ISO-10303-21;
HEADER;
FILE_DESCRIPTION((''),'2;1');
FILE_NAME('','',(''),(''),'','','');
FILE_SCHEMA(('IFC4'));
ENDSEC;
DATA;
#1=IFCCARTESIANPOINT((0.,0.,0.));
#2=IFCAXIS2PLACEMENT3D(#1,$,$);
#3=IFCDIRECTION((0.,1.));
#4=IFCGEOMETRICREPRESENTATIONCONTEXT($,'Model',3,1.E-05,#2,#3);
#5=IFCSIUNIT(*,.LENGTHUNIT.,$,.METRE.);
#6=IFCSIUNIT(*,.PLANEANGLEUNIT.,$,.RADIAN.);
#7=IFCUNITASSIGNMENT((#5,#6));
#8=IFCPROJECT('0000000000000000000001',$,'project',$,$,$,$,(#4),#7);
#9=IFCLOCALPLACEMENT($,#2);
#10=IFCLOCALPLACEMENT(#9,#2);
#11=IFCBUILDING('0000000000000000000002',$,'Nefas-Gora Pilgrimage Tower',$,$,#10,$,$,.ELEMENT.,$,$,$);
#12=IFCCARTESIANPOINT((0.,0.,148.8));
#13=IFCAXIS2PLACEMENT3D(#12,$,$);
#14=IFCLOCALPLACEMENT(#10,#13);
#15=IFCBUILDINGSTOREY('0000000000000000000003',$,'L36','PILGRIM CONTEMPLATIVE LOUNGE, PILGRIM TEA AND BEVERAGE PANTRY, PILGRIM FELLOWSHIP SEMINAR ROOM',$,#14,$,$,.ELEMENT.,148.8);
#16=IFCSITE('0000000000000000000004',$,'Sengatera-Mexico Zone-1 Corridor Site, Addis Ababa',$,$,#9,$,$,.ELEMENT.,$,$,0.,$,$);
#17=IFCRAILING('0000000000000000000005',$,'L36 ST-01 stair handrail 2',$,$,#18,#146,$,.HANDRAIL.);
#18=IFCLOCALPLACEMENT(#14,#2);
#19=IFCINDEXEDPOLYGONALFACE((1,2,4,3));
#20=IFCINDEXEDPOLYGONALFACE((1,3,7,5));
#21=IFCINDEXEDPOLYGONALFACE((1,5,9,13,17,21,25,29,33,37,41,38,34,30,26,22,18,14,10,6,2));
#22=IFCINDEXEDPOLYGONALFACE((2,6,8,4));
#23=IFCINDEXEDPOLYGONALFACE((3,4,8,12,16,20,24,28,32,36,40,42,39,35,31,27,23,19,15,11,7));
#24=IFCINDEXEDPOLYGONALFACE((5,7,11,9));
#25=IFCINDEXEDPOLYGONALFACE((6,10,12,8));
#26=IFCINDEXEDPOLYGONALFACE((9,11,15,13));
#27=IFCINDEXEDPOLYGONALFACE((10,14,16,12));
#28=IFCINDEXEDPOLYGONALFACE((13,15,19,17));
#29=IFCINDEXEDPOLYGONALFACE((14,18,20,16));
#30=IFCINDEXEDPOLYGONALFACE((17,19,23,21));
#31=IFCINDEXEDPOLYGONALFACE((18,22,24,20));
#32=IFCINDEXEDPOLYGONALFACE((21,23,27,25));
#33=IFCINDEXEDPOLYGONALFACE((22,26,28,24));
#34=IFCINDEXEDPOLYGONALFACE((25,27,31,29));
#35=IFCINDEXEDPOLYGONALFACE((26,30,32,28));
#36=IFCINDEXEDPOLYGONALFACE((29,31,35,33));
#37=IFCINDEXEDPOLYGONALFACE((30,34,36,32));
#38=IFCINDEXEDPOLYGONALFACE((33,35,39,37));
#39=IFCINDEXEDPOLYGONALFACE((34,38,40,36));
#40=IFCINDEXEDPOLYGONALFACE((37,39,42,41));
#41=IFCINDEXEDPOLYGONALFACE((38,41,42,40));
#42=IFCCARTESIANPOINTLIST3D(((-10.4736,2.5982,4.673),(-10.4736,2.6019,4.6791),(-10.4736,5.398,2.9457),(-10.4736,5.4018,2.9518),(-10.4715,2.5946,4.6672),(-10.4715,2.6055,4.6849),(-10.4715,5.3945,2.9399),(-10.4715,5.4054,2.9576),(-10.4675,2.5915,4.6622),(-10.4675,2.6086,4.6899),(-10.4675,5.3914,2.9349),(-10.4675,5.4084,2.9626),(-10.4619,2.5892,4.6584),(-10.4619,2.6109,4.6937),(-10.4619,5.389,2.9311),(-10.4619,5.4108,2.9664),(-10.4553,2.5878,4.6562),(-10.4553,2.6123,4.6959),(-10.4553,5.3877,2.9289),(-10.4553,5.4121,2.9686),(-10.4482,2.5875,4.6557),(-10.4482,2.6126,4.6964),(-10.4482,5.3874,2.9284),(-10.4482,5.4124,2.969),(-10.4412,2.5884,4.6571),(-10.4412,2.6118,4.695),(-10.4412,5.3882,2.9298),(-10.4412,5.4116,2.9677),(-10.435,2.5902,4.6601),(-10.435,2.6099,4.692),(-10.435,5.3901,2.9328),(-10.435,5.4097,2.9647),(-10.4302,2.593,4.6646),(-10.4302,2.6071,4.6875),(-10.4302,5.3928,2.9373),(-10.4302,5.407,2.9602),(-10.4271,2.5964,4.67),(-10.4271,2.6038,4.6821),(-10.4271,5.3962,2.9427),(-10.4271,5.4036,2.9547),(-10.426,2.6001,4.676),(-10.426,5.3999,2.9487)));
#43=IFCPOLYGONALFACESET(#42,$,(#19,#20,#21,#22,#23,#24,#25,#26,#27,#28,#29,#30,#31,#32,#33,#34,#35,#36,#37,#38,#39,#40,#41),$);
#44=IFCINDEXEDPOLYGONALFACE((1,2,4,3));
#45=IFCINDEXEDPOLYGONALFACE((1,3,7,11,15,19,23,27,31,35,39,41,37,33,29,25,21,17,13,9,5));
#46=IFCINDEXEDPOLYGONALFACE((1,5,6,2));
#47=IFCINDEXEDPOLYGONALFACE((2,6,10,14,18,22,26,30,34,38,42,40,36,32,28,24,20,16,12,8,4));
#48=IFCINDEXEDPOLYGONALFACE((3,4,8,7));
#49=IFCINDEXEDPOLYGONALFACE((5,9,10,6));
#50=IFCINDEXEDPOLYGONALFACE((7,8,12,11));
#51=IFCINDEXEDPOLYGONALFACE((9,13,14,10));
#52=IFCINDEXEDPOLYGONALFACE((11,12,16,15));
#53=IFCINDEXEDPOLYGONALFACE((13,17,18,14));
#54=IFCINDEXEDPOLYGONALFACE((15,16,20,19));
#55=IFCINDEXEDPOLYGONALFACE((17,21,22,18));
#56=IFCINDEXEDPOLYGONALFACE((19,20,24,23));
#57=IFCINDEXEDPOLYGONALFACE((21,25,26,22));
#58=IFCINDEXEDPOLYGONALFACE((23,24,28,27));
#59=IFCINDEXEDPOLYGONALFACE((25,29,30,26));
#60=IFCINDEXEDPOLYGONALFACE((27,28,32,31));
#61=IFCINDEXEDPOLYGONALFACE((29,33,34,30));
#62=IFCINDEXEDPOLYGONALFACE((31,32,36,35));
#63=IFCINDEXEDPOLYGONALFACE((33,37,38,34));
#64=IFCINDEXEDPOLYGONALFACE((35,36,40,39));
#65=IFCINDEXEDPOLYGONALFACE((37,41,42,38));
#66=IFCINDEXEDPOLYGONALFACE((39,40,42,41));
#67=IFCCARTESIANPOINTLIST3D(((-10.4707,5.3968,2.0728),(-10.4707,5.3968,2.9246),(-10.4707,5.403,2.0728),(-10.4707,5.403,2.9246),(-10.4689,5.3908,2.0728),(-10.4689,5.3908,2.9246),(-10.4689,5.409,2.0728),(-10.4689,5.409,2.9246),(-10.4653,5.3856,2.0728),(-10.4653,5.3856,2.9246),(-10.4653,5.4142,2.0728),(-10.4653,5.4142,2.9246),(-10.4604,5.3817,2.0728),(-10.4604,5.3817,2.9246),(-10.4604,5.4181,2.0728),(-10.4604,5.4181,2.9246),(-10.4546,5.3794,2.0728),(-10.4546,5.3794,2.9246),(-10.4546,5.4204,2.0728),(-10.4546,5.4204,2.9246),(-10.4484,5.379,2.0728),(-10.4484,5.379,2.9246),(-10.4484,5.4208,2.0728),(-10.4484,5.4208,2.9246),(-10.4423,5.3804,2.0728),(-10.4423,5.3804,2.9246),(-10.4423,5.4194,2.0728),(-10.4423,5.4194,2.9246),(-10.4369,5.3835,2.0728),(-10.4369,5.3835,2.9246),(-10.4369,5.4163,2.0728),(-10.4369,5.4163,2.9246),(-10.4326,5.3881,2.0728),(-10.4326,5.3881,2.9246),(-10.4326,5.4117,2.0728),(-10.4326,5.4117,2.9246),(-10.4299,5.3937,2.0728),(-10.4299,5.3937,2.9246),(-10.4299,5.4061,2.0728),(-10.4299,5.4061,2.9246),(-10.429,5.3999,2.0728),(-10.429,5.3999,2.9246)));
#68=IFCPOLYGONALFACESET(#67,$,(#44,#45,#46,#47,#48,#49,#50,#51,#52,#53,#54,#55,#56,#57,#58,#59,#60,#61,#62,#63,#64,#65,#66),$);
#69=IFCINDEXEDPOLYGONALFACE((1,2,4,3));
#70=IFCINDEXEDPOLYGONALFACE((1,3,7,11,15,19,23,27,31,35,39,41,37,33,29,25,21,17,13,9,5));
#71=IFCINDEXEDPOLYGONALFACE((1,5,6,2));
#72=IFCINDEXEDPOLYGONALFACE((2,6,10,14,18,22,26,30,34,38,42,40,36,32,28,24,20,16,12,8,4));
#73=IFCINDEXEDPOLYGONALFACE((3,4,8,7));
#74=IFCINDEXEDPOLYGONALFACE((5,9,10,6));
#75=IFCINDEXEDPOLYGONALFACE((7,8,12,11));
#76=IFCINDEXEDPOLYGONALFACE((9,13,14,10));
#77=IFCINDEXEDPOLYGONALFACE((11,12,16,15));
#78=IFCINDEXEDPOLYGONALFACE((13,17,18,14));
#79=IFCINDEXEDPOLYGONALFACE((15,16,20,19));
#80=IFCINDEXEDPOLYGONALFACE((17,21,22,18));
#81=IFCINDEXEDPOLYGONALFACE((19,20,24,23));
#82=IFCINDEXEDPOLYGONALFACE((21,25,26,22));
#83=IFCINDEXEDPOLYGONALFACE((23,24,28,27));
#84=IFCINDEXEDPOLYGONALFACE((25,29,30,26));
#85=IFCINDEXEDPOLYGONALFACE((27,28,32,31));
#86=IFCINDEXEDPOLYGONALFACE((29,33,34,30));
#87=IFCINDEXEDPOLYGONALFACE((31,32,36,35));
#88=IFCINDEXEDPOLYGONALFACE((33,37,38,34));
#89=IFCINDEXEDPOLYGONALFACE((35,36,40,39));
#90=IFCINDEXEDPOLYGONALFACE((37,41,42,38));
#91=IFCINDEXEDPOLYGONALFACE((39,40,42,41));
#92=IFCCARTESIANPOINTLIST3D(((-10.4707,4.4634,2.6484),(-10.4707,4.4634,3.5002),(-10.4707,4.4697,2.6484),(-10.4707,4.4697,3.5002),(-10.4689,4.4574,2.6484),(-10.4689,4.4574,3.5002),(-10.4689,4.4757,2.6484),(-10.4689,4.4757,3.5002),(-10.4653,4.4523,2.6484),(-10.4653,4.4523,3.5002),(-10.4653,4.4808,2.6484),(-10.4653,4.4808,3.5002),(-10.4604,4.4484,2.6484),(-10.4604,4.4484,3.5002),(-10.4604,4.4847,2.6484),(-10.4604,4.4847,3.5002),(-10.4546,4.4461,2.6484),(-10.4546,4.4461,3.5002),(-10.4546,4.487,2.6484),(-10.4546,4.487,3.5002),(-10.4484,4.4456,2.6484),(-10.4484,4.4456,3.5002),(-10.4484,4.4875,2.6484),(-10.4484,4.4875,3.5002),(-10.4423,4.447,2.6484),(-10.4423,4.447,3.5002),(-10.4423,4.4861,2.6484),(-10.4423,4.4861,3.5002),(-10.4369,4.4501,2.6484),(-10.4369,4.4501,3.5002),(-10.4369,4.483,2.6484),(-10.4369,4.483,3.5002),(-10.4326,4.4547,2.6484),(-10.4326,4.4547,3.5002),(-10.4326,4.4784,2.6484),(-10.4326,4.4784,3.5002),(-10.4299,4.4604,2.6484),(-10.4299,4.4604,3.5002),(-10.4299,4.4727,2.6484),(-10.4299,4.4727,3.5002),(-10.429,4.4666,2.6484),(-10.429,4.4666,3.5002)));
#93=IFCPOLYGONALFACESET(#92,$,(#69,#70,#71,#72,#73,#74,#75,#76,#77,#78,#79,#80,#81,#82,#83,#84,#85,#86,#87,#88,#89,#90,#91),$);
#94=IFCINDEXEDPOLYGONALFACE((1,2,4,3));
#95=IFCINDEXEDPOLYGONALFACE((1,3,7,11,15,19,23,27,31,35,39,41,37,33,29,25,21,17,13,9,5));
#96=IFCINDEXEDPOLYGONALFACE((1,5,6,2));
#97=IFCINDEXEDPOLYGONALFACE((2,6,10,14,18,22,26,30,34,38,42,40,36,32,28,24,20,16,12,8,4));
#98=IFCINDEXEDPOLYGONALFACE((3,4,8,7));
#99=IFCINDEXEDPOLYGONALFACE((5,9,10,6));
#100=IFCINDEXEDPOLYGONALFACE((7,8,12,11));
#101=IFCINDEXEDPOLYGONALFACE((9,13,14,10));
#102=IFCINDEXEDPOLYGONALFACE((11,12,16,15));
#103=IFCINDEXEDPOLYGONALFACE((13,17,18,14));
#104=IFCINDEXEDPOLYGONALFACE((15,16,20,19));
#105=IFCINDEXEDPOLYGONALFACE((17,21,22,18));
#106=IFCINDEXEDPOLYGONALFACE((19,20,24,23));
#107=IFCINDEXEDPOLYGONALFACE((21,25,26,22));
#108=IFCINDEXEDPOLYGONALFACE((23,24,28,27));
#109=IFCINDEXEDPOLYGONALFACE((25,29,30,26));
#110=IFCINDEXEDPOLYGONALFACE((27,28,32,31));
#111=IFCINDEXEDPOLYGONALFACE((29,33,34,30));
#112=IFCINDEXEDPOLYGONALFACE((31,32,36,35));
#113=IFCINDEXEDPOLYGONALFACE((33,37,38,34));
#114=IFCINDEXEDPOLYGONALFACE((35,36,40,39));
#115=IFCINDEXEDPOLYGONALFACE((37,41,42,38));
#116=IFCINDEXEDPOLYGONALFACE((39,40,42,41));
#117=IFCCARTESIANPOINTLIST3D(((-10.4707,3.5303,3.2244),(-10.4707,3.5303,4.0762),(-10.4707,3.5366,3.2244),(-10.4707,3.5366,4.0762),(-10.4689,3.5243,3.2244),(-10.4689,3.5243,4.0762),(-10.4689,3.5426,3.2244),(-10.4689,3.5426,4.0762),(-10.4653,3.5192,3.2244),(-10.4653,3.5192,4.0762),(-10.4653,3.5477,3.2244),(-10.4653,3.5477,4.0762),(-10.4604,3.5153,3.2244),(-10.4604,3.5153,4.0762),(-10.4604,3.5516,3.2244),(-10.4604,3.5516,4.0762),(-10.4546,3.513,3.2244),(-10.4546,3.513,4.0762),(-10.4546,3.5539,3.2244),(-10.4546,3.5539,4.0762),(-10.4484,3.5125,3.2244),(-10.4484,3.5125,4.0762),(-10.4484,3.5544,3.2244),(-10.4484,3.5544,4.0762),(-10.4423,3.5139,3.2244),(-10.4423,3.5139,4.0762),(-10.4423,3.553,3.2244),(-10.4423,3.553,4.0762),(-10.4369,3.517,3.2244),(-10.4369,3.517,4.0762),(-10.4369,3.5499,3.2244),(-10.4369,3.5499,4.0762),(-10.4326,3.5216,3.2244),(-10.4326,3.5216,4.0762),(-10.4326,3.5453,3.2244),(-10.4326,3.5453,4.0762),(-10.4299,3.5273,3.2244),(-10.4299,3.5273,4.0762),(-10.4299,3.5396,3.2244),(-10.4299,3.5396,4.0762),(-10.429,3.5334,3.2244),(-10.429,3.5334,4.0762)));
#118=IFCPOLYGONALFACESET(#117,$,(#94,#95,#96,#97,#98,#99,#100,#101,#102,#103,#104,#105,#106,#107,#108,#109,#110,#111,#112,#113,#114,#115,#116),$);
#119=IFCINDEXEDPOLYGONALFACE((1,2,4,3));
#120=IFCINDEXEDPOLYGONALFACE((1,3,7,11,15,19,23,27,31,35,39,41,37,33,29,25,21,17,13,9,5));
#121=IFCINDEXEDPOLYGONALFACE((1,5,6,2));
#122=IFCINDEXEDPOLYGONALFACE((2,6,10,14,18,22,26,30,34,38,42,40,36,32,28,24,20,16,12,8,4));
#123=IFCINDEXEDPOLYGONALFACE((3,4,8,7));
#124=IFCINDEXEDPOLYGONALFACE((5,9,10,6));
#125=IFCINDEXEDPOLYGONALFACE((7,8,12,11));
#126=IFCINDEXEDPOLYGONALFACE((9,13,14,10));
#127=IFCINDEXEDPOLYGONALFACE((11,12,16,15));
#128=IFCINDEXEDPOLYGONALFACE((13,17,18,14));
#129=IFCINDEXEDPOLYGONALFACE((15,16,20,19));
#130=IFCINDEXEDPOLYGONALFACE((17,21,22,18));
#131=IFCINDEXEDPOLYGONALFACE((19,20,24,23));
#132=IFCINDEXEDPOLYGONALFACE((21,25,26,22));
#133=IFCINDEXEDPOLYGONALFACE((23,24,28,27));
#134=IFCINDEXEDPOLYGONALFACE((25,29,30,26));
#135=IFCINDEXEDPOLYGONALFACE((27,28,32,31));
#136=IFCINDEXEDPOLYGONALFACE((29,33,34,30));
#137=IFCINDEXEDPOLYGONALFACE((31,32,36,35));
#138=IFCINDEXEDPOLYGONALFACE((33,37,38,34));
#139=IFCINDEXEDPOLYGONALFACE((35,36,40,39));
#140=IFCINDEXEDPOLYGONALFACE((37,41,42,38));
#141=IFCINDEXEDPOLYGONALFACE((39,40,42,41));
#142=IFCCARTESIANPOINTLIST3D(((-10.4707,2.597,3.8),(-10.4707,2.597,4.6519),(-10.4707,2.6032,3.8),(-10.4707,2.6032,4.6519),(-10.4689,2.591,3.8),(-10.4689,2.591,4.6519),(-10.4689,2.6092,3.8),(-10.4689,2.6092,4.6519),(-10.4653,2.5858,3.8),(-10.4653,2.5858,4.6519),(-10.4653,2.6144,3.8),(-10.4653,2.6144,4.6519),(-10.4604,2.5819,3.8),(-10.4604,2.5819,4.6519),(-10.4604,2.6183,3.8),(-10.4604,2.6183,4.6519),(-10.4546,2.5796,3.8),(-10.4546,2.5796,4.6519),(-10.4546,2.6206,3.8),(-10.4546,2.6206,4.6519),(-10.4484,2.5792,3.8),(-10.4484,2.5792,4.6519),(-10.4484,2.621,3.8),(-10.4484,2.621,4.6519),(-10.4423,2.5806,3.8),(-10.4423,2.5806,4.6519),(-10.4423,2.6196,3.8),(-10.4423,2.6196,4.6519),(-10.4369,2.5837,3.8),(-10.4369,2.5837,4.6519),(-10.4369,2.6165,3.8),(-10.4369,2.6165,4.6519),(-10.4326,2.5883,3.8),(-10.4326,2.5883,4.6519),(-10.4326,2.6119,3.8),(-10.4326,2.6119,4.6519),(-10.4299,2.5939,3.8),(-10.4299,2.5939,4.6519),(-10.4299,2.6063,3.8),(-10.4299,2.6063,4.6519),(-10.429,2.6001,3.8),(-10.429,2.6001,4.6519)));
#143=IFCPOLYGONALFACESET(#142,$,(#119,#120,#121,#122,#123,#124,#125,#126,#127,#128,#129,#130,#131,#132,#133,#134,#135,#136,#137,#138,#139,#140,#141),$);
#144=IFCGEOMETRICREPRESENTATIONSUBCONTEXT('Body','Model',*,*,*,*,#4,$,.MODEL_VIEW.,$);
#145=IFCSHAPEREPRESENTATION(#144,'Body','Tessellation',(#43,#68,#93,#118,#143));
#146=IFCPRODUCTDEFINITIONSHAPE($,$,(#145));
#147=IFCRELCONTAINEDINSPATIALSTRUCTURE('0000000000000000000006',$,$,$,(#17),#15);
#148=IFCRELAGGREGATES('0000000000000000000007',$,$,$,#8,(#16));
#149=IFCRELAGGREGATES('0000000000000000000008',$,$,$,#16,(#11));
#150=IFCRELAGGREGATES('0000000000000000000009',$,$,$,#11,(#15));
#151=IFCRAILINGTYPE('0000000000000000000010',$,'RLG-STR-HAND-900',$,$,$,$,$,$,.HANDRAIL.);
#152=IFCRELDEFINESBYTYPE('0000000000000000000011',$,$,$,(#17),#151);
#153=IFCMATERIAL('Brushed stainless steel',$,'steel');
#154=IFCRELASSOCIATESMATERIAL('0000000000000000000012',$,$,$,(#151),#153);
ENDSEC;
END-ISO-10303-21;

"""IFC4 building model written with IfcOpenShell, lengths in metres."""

from ifc_helpers import new_model, si_unit, direction, frame, origin, origin_2d, place, context, subcontext, project, spatial, circle, extrude, material, type_object, element, save


model = new_model("IFC4")

# Units and contexts
model_context = context("Model", 3, precision=1e-05, world=origin(), true_north=direction((0.0, 1.0)))
body_context = subcontext(model_context, "Body", "Model", "MODEL_VIEW")
ifc_project = project(units=[si_unit("LENGTHUNIT", "METRE"), si_unit("PLANEANGLEUNIT", "RADIAN")], contexts=[model_context])

# Site, building, storey
site_placement = place(None, origin())
site = spatial("IfcSite", under=ifc_project, at=site_placement, Name="Sengatera-Mexico Zone-1 Corridor Site, Addis Ababa", CompositionType="ELEMENT", RefElevation=0.0)
building_placement = place(site_placement, origin())
building = spatial("IfcBuilding", under=site, at=building_placement, Name="Nefas-Gora Pilgrimage Tower", CompositionType="ELEMENT")
storey_placement = place(building_placement, frame((0.0, 0.0, 148.8)))
storey = spatial("IfcBuildingStorey", under=building, at=storey_placement, Name="L36", Description="PILGRIM CONTEMPLATIVE LOUNGE, PILGRIM TEA AND BEVERAGE PANTRY, PILGRIM FELLOWSHIP SEMINAR ROOM", CompositionType="ELEMENT", Elevation=148.8)

# Railing
ifc_material_1 = material(Name="Brushed stainless steel", Category="steel")
railing_type_1 = type_object("IfcRailingType", Name="RLG-STR-HAND-900", PredefinedType="HANDRAIL", material=ifc_material_1)
railing_1_placement = place(storey_placement, frame((-10.45, 5.3999, 2.0728)))
element("IfcRailing", 1, at=railing_1_placement, inside=storey, type_object=railing_type_1, Name="L36 ST-01 stair handrail 2", PredefinedType="HANDRAIL", context=body_context, shape_type="SweptSolid", body=[
    extrude(circle(Radius=0.0239, at=origin_2d()), frame((0.0, 0.0, 0.876), z_axis=(0.0, -0.851069, 0.525054), x_axis=(1.0, 0.0, 0.0)), (0.0, 0.0, 1.0), 3.2898),
    extrude(circle(Radius=0.021, at=origin_2d()), origin(), (0.0, 0.0, 1.0), 0.8518),
    extrude(circle(Radius=0.021, at=origin_2d()), frame((0.0, -0.9333, 0.5757)), (0.0, 0.0, 1.0), 0.8518),
    extrude(circle(Radius=0.021, at=origin_2d()), frame((0.0, -1.8665, 1.1516)), (0.0, 0.0, 1.0), 0.8518),
    extrude(circle(Radius=0.021, at=origin_2d()), frame((0.0, -2.7998, 1.7273)), (0.0, 0.0, 1.0), 0.8518),
])

save(model, "model.ifc")
